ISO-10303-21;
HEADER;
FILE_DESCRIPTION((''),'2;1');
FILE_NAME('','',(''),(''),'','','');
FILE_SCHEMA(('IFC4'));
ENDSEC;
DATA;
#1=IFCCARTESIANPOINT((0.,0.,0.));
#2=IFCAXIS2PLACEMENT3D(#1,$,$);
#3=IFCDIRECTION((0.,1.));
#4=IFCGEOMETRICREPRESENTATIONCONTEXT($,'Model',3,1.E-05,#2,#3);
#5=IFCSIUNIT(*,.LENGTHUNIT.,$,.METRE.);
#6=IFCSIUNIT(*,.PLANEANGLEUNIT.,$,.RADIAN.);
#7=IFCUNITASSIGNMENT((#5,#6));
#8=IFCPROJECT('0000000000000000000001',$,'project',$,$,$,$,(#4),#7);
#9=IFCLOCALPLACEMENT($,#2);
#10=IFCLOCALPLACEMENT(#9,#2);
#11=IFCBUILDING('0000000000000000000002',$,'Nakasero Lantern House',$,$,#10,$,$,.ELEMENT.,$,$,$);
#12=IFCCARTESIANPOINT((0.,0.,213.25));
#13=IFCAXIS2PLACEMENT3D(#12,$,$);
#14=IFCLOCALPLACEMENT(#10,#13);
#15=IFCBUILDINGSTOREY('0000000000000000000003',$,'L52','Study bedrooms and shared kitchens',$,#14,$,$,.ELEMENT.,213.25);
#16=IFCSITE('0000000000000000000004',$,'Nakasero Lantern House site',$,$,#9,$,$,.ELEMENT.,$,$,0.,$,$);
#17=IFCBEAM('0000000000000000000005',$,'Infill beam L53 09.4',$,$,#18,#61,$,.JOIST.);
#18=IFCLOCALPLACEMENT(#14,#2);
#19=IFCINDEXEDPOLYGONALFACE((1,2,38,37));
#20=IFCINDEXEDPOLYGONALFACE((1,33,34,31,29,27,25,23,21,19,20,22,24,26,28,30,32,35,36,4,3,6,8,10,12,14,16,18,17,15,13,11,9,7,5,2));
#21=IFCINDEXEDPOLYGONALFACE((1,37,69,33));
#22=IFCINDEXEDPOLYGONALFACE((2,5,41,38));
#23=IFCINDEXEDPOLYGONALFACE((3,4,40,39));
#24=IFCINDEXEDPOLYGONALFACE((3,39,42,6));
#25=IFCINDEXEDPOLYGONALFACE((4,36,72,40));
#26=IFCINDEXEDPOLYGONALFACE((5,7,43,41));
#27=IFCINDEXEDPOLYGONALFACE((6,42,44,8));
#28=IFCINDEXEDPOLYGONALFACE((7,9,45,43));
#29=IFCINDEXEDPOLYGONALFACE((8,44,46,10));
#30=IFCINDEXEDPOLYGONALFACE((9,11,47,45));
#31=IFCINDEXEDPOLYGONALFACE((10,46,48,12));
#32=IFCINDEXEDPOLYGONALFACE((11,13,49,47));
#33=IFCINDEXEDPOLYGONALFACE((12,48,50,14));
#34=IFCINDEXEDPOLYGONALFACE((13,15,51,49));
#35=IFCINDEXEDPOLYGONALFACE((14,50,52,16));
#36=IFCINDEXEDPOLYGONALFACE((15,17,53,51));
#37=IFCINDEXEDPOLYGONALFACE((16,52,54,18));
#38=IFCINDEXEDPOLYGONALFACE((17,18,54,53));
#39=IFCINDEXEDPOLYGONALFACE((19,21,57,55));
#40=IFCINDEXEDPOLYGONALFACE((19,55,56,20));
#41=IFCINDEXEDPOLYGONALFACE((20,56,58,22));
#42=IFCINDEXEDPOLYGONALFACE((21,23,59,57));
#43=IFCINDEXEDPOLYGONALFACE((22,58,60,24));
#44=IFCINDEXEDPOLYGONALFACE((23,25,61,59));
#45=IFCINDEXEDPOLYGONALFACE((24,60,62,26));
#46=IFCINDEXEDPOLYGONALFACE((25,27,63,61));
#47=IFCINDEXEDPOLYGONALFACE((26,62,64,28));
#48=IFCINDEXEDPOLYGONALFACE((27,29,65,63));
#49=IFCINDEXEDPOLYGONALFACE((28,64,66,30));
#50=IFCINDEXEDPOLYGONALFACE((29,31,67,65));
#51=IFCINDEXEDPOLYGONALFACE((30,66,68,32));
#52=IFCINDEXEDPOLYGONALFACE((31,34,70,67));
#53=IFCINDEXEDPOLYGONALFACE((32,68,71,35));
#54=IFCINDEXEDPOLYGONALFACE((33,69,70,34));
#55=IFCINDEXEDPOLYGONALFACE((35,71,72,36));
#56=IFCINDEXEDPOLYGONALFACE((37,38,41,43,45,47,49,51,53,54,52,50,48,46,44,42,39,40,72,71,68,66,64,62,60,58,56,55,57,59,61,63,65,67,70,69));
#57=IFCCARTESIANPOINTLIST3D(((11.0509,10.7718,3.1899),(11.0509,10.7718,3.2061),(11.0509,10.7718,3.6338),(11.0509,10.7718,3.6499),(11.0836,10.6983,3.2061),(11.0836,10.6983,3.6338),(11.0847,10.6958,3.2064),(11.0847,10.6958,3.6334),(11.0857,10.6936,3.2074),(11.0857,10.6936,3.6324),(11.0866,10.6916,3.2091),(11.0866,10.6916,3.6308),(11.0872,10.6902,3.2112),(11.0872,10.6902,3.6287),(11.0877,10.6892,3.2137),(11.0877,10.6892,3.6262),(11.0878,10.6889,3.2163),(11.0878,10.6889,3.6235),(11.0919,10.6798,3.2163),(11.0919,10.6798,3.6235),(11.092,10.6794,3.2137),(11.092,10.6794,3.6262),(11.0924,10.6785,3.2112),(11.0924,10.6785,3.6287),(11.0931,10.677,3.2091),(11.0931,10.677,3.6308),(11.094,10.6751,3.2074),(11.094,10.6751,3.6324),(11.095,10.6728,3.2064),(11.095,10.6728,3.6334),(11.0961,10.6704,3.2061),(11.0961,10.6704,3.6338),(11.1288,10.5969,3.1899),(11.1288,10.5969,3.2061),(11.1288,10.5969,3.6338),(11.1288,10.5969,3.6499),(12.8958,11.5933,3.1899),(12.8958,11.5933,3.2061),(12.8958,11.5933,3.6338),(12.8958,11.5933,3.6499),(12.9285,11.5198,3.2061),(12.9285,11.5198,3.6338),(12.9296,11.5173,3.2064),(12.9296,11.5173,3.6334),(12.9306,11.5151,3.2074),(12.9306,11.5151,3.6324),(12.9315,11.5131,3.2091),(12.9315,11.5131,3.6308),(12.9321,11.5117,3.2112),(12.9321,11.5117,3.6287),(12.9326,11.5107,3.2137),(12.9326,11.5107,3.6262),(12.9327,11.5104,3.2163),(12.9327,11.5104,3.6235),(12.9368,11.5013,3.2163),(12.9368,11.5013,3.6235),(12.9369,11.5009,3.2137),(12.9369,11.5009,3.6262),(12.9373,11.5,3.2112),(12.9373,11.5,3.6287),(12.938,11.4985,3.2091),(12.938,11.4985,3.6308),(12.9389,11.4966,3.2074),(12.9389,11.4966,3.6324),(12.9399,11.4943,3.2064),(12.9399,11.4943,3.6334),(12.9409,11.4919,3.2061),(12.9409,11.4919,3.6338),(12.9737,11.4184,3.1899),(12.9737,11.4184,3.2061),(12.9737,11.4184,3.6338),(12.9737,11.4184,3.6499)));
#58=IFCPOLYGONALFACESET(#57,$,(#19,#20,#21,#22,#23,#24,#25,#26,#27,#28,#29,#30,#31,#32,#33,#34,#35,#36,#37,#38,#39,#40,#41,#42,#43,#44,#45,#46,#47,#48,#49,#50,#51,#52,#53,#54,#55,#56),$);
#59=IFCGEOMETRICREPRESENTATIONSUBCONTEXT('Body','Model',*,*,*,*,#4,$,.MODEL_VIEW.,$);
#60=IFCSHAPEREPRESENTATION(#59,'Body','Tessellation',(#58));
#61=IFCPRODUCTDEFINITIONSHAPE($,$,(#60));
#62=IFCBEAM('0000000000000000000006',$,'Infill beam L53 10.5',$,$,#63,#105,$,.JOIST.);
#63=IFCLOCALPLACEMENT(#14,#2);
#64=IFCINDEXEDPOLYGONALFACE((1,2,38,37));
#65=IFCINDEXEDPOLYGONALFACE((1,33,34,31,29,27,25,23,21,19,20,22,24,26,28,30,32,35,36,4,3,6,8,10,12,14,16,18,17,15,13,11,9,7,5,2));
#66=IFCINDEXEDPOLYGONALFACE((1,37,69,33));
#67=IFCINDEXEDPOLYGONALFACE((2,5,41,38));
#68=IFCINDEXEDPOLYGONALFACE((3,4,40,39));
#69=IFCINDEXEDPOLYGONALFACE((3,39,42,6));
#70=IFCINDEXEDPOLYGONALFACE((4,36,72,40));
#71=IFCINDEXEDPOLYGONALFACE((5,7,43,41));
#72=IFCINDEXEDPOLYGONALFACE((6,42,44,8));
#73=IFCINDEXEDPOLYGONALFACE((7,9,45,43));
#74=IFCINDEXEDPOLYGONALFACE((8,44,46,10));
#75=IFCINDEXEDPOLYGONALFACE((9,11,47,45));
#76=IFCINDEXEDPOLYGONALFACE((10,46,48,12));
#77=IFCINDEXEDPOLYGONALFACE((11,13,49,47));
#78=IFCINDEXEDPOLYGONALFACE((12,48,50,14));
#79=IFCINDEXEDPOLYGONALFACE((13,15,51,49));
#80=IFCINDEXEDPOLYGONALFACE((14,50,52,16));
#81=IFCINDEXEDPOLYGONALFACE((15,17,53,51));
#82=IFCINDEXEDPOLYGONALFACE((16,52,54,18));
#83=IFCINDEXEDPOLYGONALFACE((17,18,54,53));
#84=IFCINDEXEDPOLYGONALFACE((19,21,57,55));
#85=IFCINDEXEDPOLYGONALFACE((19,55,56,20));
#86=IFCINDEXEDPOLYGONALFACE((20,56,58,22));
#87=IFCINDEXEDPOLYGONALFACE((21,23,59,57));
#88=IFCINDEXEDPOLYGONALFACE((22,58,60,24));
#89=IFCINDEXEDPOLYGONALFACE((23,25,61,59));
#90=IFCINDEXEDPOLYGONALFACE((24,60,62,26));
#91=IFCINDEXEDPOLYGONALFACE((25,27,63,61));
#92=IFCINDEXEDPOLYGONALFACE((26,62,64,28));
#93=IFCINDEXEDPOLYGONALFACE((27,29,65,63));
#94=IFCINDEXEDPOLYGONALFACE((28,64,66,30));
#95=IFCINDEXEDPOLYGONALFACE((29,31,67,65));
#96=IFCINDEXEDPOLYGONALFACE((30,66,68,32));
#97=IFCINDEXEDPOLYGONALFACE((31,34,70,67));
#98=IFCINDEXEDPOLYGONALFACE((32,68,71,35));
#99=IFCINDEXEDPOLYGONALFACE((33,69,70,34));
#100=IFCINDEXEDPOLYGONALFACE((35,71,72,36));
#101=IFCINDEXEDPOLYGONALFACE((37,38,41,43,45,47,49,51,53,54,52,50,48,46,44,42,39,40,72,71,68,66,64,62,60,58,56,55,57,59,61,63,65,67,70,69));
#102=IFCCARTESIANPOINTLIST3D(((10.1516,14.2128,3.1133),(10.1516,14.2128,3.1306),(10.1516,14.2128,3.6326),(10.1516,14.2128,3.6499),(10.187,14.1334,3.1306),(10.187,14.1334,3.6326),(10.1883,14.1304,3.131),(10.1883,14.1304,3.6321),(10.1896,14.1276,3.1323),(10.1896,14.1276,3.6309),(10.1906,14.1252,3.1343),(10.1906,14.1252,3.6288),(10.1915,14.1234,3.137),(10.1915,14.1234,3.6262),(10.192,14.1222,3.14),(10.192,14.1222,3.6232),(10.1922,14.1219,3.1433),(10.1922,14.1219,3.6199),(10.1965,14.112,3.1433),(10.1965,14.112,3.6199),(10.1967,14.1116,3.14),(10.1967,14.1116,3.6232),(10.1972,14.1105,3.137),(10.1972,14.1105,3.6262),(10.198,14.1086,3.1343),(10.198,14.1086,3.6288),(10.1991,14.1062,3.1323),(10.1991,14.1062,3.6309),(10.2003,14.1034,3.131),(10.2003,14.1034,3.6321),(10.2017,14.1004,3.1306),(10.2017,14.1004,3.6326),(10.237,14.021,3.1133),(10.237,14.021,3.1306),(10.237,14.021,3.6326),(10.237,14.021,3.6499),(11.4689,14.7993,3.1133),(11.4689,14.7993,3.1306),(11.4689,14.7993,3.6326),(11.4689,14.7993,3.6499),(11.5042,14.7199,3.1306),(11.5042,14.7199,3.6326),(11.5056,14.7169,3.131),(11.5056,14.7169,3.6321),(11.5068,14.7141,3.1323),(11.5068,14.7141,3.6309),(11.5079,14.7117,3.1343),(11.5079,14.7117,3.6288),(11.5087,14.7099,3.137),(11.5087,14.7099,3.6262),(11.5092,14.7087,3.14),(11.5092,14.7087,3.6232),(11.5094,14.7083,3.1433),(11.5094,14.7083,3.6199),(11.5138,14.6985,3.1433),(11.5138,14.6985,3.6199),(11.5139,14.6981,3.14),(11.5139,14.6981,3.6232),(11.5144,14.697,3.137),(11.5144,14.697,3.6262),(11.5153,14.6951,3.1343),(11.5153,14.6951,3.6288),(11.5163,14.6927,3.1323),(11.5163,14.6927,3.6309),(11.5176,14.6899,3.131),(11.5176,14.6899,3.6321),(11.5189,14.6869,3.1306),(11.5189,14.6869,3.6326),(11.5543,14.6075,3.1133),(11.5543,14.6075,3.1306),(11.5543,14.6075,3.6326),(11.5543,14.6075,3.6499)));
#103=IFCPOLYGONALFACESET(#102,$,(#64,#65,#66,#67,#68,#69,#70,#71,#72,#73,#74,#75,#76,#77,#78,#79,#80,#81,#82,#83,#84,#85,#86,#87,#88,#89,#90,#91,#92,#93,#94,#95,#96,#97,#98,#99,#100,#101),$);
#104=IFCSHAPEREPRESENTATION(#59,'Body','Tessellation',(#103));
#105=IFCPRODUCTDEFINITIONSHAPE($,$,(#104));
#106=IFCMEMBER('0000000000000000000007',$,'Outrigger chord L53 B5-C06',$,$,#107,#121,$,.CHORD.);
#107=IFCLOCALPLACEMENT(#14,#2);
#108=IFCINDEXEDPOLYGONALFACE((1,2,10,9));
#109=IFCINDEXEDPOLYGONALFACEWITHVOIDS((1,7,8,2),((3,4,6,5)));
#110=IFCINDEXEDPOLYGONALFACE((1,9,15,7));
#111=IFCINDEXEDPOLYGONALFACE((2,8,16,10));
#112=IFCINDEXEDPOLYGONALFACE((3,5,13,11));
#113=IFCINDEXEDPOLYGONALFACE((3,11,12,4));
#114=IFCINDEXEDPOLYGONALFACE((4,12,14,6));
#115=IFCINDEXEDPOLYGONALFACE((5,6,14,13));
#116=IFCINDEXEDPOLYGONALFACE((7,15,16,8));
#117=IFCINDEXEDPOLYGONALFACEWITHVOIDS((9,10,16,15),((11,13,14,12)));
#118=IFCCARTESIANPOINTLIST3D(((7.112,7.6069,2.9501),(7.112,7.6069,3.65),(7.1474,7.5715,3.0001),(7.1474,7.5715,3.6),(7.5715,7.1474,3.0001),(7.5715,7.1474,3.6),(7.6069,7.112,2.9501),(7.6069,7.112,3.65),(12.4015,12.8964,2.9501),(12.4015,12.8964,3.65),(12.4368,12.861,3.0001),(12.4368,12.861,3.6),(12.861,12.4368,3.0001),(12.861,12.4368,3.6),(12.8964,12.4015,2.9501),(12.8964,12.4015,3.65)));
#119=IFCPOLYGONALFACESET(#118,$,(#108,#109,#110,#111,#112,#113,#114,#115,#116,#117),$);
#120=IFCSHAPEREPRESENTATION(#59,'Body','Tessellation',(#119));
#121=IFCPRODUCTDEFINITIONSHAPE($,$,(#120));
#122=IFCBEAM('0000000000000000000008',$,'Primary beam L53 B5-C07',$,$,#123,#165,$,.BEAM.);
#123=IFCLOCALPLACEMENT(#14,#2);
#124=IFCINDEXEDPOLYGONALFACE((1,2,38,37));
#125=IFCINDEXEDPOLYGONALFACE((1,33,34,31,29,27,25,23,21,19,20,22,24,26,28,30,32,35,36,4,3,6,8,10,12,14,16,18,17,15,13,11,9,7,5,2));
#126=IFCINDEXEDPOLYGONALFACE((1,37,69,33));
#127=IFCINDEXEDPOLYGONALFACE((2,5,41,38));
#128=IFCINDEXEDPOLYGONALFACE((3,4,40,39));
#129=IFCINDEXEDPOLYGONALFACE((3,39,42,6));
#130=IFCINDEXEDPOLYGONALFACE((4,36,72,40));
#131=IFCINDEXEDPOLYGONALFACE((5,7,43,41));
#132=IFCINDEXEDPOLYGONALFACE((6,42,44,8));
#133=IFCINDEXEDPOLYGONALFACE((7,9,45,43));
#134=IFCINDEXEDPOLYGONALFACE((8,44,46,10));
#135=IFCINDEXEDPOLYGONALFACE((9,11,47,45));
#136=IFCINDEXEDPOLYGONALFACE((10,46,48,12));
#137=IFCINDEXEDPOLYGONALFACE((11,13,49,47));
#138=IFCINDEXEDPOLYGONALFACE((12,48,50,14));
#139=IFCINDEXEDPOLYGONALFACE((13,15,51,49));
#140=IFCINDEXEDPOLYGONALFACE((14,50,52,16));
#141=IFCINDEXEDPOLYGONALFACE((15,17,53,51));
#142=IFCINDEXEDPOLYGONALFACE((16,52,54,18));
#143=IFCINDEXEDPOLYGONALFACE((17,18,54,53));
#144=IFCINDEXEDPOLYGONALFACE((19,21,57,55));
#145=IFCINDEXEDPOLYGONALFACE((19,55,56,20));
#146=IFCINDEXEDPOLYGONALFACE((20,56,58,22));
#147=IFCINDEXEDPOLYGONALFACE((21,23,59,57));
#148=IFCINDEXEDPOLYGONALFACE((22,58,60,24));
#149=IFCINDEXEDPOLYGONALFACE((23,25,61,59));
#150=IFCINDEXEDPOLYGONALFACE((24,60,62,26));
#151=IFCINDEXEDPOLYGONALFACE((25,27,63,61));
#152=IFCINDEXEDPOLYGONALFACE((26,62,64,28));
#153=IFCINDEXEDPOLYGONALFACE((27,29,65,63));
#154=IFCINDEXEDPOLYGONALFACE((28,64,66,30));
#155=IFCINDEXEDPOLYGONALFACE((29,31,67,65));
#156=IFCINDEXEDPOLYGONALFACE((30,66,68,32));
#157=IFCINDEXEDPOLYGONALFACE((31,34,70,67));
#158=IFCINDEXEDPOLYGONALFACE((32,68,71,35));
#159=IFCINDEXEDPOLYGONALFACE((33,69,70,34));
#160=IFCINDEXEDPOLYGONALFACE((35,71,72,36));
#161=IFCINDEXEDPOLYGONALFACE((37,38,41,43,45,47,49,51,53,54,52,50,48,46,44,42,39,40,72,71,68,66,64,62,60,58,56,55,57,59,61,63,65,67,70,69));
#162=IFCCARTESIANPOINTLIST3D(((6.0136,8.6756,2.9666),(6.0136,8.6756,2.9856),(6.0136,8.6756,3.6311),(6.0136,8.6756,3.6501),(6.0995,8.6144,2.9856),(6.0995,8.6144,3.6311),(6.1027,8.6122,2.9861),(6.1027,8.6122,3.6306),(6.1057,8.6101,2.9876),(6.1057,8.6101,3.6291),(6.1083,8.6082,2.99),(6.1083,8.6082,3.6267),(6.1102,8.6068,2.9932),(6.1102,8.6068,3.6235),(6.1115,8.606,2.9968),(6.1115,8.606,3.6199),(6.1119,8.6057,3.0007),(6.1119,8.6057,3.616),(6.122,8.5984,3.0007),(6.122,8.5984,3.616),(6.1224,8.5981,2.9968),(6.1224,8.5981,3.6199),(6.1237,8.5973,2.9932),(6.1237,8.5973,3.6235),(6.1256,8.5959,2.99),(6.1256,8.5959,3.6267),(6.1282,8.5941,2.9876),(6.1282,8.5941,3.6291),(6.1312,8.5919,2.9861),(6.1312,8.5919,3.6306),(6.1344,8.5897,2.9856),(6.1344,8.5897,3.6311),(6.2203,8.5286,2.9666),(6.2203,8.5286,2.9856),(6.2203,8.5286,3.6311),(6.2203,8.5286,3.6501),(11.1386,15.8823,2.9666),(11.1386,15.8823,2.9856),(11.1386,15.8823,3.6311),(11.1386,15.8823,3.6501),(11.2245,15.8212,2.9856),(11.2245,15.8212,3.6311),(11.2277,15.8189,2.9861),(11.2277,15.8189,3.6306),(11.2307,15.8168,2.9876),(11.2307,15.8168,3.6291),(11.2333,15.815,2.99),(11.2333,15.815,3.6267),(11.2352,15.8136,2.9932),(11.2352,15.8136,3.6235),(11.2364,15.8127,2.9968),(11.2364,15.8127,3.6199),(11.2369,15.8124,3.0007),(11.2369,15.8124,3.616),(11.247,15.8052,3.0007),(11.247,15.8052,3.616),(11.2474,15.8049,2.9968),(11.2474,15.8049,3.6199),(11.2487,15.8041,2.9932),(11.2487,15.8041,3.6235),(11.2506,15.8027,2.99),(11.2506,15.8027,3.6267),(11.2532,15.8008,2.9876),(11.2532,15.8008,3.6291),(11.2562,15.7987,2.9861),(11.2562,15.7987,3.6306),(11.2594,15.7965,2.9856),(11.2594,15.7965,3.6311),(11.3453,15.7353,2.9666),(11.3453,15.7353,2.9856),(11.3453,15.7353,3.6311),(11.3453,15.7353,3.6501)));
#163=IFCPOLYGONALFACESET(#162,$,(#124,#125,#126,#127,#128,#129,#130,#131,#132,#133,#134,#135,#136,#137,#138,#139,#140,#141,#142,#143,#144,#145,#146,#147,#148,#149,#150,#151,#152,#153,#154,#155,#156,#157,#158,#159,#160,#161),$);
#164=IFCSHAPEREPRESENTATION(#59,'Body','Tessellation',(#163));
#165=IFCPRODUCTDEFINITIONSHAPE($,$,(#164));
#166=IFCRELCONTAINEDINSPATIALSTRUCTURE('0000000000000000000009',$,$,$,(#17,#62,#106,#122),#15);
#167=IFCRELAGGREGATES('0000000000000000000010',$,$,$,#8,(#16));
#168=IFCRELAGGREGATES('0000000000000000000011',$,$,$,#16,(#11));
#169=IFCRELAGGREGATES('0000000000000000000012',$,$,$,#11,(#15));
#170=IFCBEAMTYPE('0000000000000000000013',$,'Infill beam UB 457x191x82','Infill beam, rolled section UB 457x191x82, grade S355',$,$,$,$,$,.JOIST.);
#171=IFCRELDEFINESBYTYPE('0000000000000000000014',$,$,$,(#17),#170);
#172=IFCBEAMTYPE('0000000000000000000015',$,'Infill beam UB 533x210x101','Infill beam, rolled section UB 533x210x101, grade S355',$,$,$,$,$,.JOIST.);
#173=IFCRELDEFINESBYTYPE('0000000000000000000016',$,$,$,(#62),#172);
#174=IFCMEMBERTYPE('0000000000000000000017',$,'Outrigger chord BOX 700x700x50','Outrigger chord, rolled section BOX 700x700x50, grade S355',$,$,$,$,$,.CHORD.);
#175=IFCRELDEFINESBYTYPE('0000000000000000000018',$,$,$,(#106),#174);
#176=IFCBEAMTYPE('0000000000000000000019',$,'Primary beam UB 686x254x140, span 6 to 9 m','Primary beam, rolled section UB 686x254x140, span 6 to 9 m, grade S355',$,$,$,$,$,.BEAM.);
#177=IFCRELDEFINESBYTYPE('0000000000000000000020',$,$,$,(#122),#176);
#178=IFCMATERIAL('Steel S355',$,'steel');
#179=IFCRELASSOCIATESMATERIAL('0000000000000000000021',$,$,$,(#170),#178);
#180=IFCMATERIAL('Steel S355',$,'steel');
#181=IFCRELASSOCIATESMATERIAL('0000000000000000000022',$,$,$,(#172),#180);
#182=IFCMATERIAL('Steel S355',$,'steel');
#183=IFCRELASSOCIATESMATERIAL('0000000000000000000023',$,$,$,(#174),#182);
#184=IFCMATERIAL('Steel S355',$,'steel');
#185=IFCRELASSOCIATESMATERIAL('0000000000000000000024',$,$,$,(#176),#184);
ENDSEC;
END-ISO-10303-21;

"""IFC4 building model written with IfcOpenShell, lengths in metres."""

from ifc_helpers import new_model, si_unit, direction, frame, origin, origin_2d, place, context, subcontext, project, spatial, hollow_rectangle, i_section, extrude, material, material_profile, profile_set, type_object, element, save


model = new_model("IFC4")

# Units and contexts
model_context = context("Model", 3, precision=1e-05, world=origin(), true_north=direction((0.0, 1.0)))
body_context = subcontext(model_context, "Body", "Model", "MODEL_VIEW")
ifc_project = project(units=[si_unit("LENGTHUNIT", "METRE"), si_unit("PLANEANGLEUNIT", "RADIAN")], contexts=[model_context])

# Site, building, storey
site_placement = place(None, origin())
site = spatial("IfcSite", under=ifc_project, at=site_placement, Name="Nakasero Lantern House site", CompositionType="ELEMENT", RefElevation=0.0)
building_placement = place(site_placement, origin())
building = spatial("IfcBuilding", under=site, at=building_placement, Name="Nakasero Lantern House", CompositionType="ELEMENT")
storey_placement = place(building_placement, frame((0.0, 0.0, 213.25)))
storey = spatial("IfcBuildingStorey", under=building, at=storey_placement, Name="L52", Description="Study bedrooms and shared kitchens", CompositionType="ELEMENT", Elevation=213.25)

# Beams
ifc_material_1 = material(Name="Steel S355", Category="steel")
ifc_material_profile_1 = material_profile(ifc_material_1, i_section(OverallWidth=0.1914, OverallDepth=0.46, WebThickness=0.01, FlangeThickness=0.0161, FilletRadius=0.0103, at=origin_2d()), Name="UB 457x191x82")
ifc_profile_set_1 = profile_set([ifc_material_profile_1], Name="Steel S355")
beam_type_1 = type_object("IfcBeamType", Name="Infill beam UB 457x191x82", Description="Infill beam, rolled section UB 457x191x82, grade S355", PredefinedType="JOIST", material=ifc_profile_set_1)
beam_1_placement = place(storey_placement, frame((11.0898, 10.6843, 3.4199), z_axis=(0.913527, 0.406778, 0.0), x_axis=(-0.406778, 0.913527, 0.0)))
element("IfcBeam", 1, at=beam_1_placement, inside=storey, type_object=beam_type_1, Name="Infill beam L53 09.4", PredefinedType="JOIST", context=body_context, shape_type="SweptSolid", body=[
    extrude(i_section(OverallWidth=0.1914, OverallDepth=0.46, WebThickness=0.01, FlangeThickness=0.0161, FilletRadius=0.0103, at=origin_2d()), origin(), (0.0, 0.0, 1.0), 2.0195),
])
ifc_material_2 = material(Name="Steel S355", Category="steel")
ifc_material_profile_2 = material_profile(ifc_material_2, i_section(OverallWidth=0.21, OverallDepth=0.5366, WebThickness=0.0107, FlangeThickness=0.0173, FilletRadius=0.0127, at=origin_2d()), Name="UB 533x210x101")
ifc_profile_set_2 = profile_set([ifc_material_profile_2], Name="Steel S355")
beam_type_2 = type_object("IfcBeamType", Name="Infill beam UB 533x210x101", Description="Infill beam, rolled section UB 533x210x101, grade S355", PredefinedType="JOIST", material=ifc_profile_set_2)
beam_2_placement = place(storey_placement, frame((10.1943, 14.1169, 3.3816), z_axis=(0.913546, 0.406735, 0.0), x_axis=(-0.406735, 0.913546, 0.0)))
element("IfcBeam", 2, at=beam_2_placement, inside=storey, type_object=beam_type_2, Name="Infill beam L53 10.5", PredefinedType="JOIST", context=body_context, shape_type="SweptSolid", body=[
    extrude(i_section(OverallWidth=0.21, OverallDepth=0.5366, WebThickness=0.0107, FlangeThickness=0.0173, FilletRadius=0.0127, at=origin_2d()), origin(), (0.0, 0.0, 1.0), 1.4419),
])

# Member
ifc_material_3 = material(Name="Steel S355", Category="steel")
ifc_material_profile_3 = material_profile(ifc_material_3, hollow_rectangle(XDim=0.7, YDim=0.7, WallThickness=0.05, at=origin_2d()), Name="BOX 700x700x50")
ifc_profile_set_3 = profile_set([ifc_material_profile_3], Name="Steel S355")
member_type_1 = type_object("IfcMemberType", Name="Outrigger chord BOX 700x700x50", Description="Outrigger chord, rolled section BOX 700x700x50, grade S355", PredefinedType="CHORD", material=ifc_profile_set_3)
member_1_placement = place(storey_placement, frame((12.6489, 12.6489, 3.3), z_axis=(-0.707107, -0.707107, 0.0), x_axis=(0.707107, -0.707107, 0.0)))
element("IfcMember", 3, at=member_1_placement, inside=storey, type_object=member_type_1, Name="Outrigger chord L53 B5-C06", PredefinedType="CHORD", context=body_context, shape_type="SweptSolid", body=[
    extrude(hollow_rectangle(XDim=0.7, YDim=0.7, WallThickness=0.05, at=origin_2d()), origin(), (0.0, 0.0, 1.0), 7.4805),
])

# Beam
ifc_material_4 = material(Name="Steel S355", Category="steel")
ifc_material_profile_4 = material_profile(ifc_material_4, i_section(OverallWidth=0.2537, OverallDepth=0.6836, WebThickness=0.0125, FlangeThickness=0.019, FilletRadius=0.0151, at=origin_2d()), Name="UB 686x254x140")
ifc_profile_set_4 = profile_set([ifc_material_profile_4], Name="Steel S355")
beam_type_3 = type_object("IfcBeamType", Name="Primary beam UB 686x254x140, span 6 to 9 m", Description="Primary beam, rolled section UB 686x254x140, span 6 to 9 m, grade S355", PredefinedType="BEAM", material=ifc_profile_set_4)
beam_3_placement = place(storey_placement, frame((11.2419, 15.8088, 3.3083), z_axis=(-0.579537, -0.814946, 0.0), x_axis=(0.814946, -0.579537, 0.0)))
element("IfcBeam", 4, at=beam_3_placement, inside=storey, type_object=beam_type_3, Name="Primary beam L53 B5-C07", PredefinedType="BEAM", context=body_context, shape_type="SweptSolid", body=[
    extrude(i_section(OverallWidth=0.2537, OverallDepth=0.6836, WebThickness=0.0125, FlangeThickness=0.019, FilletRadius=0.0151, at=origin_2d()), origin(), (0.0, 0.0, 1.0), 8.8433),
])

save(model, "model.ifc")
